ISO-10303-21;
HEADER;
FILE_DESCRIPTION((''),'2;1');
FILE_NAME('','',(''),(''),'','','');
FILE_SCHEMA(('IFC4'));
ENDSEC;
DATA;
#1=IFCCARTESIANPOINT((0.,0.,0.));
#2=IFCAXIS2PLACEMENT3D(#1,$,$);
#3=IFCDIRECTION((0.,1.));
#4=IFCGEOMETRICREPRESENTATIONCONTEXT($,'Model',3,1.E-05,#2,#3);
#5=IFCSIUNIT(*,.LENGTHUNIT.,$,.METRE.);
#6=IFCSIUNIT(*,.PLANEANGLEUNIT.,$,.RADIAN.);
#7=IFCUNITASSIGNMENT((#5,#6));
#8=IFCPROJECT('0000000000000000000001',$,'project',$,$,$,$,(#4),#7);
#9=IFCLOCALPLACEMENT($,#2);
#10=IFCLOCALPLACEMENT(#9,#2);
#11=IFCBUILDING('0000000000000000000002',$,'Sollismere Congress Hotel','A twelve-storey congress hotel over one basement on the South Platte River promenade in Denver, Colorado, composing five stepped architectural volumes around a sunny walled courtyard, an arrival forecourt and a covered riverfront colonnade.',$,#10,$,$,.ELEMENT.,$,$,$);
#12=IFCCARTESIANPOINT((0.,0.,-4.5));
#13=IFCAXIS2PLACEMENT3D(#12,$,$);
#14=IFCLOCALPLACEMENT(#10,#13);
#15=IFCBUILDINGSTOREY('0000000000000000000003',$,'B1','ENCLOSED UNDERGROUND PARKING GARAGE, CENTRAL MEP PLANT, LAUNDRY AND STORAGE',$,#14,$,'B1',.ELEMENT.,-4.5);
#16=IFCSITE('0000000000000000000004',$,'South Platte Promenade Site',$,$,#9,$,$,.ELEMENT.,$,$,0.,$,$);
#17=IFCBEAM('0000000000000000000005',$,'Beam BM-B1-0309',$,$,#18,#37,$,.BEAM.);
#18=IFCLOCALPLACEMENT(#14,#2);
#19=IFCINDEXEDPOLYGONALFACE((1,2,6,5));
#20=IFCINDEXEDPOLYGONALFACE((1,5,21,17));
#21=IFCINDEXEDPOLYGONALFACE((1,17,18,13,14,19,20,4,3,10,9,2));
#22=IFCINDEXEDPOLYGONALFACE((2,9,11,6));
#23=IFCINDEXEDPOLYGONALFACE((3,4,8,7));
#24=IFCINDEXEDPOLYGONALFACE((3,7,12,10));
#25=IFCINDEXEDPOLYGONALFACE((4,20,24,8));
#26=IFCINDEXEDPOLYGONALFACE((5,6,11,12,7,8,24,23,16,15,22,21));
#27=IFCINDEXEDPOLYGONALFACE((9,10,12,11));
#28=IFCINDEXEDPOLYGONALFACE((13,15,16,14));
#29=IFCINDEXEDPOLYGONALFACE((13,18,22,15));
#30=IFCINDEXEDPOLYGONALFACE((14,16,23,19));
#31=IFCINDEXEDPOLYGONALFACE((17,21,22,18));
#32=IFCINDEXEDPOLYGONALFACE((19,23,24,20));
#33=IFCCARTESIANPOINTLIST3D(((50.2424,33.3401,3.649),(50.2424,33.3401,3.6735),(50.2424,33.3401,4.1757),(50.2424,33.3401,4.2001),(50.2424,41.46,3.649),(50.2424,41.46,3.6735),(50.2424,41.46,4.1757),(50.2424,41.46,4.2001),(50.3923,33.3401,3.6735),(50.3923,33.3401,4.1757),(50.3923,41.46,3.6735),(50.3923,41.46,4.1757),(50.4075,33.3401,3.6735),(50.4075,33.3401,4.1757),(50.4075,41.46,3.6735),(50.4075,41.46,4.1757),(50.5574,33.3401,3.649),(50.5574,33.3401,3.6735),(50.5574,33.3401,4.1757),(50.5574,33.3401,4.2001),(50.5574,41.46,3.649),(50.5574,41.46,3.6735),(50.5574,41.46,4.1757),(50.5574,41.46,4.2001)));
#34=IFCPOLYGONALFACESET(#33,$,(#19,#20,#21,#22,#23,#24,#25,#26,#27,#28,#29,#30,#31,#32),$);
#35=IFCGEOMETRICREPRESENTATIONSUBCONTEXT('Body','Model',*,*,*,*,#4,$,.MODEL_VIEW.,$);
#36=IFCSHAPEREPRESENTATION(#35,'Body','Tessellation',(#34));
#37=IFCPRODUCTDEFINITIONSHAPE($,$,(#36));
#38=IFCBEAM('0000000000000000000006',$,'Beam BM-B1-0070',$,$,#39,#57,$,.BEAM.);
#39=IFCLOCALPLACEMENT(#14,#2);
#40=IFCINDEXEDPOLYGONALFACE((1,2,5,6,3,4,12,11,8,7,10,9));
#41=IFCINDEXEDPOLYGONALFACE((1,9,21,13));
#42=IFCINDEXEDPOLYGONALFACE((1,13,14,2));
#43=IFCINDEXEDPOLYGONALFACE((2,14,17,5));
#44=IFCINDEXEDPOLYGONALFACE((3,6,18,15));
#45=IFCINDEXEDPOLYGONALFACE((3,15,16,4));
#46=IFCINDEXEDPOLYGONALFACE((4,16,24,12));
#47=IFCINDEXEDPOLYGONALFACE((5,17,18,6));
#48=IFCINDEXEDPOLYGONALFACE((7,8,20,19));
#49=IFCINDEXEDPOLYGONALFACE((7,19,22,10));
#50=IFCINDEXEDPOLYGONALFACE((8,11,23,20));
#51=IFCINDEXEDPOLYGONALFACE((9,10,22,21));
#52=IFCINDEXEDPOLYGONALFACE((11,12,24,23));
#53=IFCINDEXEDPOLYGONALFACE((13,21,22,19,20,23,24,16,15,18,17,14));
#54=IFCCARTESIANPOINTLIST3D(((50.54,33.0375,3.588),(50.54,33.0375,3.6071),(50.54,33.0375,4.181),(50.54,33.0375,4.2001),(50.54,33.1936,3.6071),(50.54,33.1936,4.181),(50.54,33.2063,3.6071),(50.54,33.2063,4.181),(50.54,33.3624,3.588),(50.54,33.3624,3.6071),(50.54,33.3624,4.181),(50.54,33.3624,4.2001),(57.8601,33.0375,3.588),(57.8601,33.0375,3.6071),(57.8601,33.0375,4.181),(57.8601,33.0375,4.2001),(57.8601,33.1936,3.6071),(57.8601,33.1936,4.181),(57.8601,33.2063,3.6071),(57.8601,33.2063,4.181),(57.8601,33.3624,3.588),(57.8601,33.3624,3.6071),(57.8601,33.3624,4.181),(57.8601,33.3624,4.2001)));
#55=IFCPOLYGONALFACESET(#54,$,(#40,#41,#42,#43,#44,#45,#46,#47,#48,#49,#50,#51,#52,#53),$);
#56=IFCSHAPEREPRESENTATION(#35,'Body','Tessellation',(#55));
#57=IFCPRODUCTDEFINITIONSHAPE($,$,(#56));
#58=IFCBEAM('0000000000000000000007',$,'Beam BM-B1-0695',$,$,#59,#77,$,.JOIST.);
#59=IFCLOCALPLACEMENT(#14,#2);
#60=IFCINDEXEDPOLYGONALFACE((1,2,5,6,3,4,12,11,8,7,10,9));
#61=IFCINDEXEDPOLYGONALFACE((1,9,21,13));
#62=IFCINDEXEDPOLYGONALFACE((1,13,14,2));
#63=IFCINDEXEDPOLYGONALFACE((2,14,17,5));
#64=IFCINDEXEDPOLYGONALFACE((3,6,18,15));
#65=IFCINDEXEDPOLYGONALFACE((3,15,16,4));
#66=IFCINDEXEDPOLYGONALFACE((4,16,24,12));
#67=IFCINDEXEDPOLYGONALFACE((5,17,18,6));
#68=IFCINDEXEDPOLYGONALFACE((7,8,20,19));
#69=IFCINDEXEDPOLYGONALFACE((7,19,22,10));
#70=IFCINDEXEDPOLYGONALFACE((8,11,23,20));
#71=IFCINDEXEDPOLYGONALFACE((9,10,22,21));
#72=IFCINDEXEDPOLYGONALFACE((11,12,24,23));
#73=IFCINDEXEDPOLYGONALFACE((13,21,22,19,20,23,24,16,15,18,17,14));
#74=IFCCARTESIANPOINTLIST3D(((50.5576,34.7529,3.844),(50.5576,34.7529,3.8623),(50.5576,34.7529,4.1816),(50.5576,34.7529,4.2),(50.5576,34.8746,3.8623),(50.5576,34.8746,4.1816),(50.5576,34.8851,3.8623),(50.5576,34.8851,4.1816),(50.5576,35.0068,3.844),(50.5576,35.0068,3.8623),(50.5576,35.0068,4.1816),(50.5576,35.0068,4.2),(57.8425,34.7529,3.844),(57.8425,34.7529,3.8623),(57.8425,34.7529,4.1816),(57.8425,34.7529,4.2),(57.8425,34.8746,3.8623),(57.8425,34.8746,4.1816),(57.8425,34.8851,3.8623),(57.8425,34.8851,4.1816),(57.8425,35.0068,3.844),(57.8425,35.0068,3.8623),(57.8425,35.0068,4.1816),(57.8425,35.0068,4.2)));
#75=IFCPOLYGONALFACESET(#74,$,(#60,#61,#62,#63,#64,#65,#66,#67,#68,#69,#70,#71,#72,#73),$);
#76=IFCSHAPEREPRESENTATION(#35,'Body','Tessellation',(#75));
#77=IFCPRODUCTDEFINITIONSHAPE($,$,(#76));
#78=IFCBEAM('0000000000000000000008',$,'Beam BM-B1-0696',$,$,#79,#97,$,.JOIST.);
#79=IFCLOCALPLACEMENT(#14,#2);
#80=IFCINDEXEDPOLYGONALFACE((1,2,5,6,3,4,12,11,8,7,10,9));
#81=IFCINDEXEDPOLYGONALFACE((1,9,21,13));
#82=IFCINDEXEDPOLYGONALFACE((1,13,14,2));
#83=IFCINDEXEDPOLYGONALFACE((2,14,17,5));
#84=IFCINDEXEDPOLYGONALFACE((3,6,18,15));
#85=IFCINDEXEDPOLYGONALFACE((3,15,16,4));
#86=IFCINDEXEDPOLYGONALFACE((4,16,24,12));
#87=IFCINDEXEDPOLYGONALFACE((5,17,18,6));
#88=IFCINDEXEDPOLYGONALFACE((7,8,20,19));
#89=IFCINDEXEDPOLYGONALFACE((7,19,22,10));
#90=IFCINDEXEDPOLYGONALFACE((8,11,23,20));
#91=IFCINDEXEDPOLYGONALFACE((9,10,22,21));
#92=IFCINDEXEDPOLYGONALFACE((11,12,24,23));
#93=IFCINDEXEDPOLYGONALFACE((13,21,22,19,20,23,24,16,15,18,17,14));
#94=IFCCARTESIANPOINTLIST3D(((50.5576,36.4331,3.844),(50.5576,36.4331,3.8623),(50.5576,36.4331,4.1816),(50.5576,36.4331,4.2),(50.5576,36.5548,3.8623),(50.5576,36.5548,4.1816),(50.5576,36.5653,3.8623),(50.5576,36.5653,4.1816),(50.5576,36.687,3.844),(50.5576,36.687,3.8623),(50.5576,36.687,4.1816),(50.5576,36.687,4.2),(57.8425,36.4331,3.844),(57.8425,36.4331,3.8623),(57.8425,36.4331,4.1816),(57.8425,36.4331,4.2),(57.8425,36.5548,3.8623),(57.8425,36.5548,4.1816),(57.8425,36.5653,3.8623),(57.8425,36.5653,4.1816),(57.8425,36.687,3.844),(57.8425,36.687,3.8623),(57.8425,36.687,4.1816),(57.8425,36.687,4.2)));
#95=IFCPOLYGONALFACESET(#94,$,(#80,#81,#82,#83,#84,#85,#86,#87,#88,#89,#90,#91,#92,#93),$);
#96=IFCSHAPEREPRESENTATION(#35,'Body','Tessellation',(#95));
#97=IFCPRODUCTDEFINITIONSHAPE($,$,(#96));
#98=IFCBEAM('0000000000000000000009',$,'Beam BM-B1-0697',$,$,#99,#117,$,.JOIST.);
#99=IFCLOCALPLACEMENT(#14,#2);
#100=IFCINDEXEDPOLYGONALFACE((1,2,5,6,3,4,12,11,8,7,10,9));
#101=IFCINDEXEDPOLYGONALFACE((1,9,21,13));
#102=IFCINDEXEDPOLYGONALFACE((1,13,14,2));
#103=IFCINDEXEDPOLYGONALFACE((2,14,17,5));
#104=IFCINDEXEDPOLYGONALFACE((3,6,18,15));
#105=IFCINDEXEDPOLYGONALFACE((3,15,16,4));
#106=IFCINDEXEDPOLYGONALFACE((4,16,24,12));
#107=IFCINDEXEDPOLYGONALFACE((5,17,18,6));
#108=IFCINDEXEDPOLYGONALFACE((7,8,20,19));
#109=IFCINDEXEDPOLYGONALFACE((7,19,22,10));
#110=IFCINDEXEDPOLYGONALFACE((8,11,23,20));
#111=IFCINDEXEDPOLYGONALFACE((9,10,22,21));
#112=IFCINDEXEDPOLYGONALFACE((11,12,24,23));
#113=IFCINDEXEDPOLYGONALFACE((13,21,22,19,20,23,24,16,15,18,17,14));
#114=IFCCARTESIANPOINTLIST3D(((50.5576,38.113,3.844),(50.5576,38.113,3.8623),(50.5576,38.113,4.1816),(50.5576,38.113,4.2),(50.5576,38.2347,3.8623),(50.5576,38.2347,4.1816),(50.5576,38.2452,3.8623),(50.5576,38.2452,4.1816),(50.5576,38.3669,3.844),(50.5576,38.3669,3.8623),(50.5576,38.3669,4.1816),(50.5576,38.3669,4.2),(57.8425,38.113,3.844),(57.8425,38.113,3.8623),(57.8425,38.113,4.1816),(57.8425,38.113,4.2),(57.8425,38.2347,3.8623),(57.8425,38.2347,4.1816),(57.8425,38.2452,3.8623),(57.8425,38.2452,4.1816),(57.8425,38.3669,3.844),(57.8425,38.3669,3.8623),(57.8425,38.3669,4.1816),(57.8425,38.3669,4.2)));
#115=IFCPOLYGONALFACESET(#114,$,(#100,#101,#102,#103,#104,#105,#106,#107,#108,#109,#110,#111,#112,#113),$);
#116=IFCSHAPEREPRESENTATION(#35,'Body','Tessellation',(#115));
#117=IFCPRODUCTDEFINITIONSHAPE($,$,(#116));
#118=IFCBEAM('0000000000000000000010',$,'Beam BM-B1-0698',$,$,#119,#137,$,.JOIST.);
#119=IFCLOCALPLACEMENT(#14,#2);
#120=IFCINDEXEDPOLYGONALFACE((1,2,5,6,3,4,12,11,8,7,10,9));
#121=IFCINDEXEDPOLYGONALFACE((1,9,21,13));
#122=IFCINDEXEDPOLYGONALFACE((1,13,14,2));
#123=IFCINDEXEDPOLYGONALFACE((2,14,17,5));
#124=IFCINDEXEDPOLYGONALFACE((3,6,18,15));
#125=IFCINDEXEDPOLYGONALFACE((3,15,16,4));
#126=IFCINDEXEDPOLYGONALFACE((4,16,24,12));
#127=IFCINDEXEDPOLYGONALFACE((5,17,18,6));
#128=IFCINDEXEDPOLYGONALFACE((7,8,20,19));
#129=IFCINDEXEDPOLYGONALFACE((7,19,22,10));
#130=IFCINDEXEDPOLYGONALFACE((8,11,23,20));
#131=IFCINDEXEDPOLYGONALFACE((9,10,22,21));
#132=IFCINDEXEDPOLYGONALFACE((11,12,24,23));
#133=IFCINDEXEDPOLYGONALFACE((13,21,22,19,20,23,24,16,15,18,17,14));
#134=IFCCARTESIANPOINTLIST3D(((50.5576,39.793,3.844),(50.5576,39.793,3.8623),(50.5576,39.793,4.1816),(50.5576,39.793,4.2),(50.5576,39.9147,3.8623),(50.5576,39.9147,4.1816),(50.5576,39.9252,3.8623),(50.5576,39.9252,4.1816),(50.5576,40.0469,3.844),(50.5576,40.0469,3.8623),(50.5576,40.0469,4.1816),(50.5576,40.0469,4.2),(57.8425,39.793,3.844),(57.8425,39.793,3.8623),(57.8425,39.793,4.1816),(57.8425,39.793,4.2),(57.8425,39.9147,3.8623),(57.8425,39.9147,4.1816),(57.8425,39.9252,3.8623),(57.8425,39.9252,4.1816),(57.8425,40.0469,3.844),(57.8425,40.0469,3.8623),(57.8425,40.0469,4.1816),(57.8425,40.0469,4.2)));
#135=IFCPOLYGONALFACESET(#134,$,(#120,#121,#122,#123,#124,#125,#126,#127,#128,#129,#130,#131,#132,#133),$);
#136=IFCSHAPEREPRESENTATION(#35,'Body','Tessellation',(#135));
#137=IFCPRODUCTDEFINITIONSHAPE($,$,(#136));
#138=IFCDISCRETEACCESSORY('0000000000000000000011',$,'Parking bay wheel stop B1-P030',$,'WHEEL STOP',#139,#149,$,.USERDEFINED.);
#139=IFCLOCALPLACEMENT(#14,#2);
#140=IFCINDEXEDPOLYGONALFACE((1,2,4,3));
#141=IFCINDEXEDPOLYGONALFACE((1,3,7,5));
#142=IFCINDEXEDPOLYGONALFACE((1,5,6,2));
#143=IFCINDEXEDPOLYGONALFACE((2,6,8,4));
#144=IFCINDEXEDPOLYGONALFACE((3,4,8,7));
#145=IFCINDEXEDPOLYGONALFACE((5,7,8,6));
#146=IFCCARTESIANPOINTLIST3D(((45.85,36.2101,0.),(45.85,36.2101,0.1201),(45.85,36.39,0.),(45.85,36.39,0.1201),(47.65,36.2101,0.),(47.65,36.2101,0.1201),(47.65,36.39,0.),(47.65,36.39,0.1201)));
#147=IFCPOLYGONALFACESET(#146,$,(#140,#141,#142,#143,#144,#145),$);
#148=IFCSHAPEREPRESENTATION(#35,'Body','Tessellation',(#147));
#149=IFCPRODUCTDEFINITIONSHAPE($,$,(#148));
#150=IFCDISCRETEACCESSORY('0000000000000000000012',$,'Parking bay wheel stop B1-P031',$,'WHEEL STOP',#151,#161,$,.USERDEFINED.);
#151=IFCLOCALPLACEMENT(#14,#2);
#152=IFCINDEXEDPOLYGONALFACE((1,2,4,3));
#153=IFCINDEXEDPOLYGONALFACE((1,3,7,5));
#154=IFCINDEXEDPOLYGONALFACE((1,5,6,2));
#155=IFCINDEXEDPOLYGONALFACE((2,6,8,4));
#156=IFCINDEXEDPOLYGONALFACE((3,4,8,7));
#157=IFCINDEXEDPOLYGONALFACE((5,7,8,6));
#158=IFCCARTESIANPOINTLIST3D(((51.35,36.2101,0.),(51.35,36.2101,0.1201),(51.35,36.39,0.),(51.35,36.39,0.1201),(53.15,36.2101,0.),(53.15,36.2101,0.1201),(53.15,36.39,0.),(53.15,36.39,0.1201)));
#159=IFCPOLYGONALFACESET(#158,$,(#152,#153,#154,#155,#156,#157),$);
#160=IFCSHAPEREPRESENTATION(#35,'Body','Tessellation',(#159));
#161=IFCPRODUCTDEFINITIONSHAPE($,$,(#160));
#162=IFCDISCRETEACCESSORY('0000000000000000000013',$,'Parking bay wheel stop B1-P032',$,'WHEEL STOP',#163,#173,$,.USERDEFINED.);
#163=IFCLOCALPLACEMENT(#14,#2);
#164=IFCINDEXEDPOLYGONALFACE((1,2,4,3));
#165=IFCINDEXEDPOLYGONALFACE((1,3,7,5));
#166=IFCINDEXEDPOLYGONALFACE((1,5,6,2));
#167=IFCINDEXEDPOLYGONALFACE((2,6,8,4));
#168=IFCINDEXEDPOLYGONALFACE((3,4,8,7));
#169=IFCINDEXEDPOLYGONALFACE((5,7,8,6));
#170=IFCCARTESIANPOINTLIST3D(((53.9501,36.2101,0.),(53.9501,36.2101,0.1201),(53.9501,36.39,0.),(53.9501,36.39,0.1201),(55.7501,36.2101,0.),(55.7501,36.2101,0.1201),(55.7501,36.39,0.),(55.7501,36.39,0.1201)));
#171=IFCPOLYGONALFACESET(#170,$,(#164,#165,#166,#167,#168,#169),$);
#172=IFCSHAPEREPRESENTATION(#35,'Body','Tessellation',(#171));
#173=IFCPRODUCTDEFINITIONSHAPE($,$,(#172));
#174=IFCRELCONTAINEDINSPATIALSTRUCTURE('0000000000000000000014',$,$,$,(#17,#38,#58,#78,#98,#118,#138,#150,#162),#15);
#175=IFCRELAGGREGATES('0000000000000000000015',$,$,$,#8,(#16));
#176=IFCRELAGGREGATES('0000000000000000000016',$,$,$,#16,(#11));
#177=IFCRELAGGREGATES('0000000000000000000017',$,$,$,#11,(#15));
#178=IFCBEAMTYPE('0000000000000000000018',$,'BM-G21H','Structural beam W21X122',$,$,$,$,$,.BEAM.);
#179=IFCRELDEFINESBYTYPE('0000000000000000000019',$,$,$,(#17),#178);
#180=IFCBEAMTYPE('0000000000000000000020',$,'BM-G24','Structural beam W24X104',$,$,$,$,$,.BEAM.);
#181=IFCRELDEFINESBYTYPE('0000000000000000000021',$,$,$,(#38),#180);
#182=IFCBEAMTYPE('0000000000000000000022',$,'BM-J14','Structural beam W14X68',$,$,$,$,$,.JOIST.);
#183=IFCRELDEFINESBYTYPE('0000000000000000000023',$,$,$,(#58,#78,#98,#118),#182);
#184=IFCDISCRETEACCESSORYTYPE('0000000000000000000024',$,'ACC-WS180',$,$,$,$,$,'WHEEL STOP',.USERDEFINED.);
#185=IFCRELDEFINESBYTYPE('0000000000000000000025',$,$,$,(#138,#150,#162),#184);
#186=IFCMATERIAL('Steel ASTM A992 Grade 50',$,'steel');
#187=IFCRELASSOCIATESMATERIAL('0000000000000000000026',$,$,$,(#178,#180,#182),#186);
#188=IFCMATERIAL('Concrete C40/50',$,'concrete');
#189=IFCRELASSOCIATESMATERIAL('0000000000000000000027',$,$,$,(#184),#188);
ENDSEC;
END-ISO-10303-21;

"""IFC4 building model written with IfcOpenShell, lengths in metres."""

from ifc_helpers import new_model, si_unit, direction, frame, origin, origin_2d, place, context, subcontext, project, spatial, rectangle, i_section, extrude, material, material_profile, profile_set, type_object, element, save


model = new_model("IFC4")

# Units and contexts
model_context = context("Model", 3, precision=1e-05, world=origin(), true_north=direction((0.0, 1.0)))
body_context = subcontext(model_context, "Body", "Model", "MODEL_VIEW")
ifc_project = project(units=[si_unit("LENGTHUNIT", "METRE"), si_unit("PLANEANGLEUNIT", "RADIAN")], contexts=[model_context])

# Site, building, storey
site_placement = place(None, origin())
site = spatial("IfcSite", under=ifc_project, at=site_placement, Name="South Platte Promenade Site", CompositionType="ELEMENT", RefElevation=0.0)
building_placement = place(site_placement, origin())
building = spatial("IfcBuilding", under=site, at=building_placement, Name="Sollismere Congress Hotel", Description="A twelve-storey congress hotel over one basement on the South Platte River promenade in Denver, Colorado, composing five stepped architectural volumes around a sunny walled courtyard, an arrival forecourt and a covered riverfront colonnade.", CompositionType="ELEMENT")
storey_placement = place(building_placement, frame((0.0, 0.0, -4.5)))
storey = spatial("IfcBuildingStorey", under=building, at=storey_placement, Name="B1", Description="ENCLOSED UNDERGROUND PARKING GARAGE, CENTRAL MEP PLANT, LAUNDRY AND STORAGE", LongName="B1", CompositionType="ELEMENT", Elevation=-4.5)

# Shared definitions
ifc_material_1 = material(Name="Concrete C40/50", Category="concrete")

# Beams
ifc_material_2 = material(Name="Steel ASTM A992 Grade 50", Category="steel")
ifc_material_profile_1 = material_profile(ifc_material_2, i_section(OverallWidth=0.3149, OverallDepth=0.551, WebThickness=0.0151, FlangeThickness=0.0244, at=origin_2d()), Name="W21X122")
ifc_profile_set_1 = profile_set([ifc_material_profile_1], Name="Steel ASTM A992 Grade 50")
beam_type_1 = type_object("IfcBeamType", Name="BM-G21H", Description="Structural beam W21X122", PredefinedType="BEAM", material=ifc_profile_set_1)
beam_1_placement = place(storey_placement, frame((50.3999, 33.3401, 3.9246), z_axis=(0.0, 1.0, 0.0), x_axis=(-1.0, 0.0, 0.0)))
element("IfcBeam", 1, at=beam_1_placement, inside=storey, type_object=beam_type_1, Name="Beam BM-B1-0309", PredefinedType="BEAM", context=body_context, shape_type="SweptSolid", body=[
    extrude(i_section(OverallWidth=0.3149, OverallDepth=0.551, WebThickness=0.0151, FlangeThickness=0.0244, at=origin_2d()), origin(), (0.0, 0.0, 1.0), 8.1199),
])
ifc_material_profile_2 = material_profile(ifc_material_2, i_section(OverallWidth=0.325, OverallDepth=0.6121, WebThickness=0.0127, FlangeThickness=0.019, at=origin_2d()), Name="W24X104")
ifc_profile_set_2 = profile_set([ifc_material_profile_2], Name="Steel ASTM A992 Grade 50")
beam_type_2 = type_object("IfcBeamType", Name="BM-G24", Description="Structural beam W24X104", PredefinedType="BEAM", material=ifc_profile_set_2)
beam_2_placement = place(storey_placement, frame((50.54, 33.2, 3.894), z_axis=(1.0, 0.0, 0.0), x_axis=(0.0, 1.0, 0.0)))
element("IfcBeam", 2, at=beam_2_placement, inside=storey, type_object=beam_type_2, Name="Beam BM-B1-0070", PredefinedType="BEAM", context=body_context, shape_type="SweptSolid", body=[
    extrude(i_section(OverallWidth=0.325, OverallDepth=0.6121, WebThickness=0.0127, FlangeThickness=0.019, at=origin_2d()), origin(), (0.0, 0.0, 1.0), 7.3201),
])
ifc_material_profile_3 = material_profile(ifc_material_2, i_section(OverallWidth=0.2539, OverallDepth=0.356, WebThickness=0.0105, FlangeThickness=0.0183, at=origin_2d()), Name="W14X68")
ifc_profile_set_3 = profile_set([ifc_material_profile_3], Name="Steel ASTM A992 Grade 50")
beam_type_3 = type_object("IfcBeamType", Name="BM-J14", Description="Structural beam W14X68", PredefinedType="JOIST", material=ifc_profile_set_3)
for number, where, z_axis, x_axis, name in (
    (3, (50.5576, 34.8799, 4.022), (1.0, 0.0, 0.0), (0.0, 1.0, 0.0), "Beam BM-B1-0695"),
    (4, (50.5576, 36.5601, 4.022), (1.0, 0.0, 0.0), (0.0, 1.0, 0.0), "Beam BM-B1-0696"),
    (5, (50.5576, 38.24, 4.022), (1.0, 0.0, 0.0), (0.0, 1.0, 0.0), "Beam BM-B1-0697"),
    (6, (50.5576, 39.9199, 4.022), (1.0, 0.0, 0.0), (0.0, 1.0, 0.0), "Beam BM-B1-0698"),
):
    element("IfcBeam", number, at=place(storey_placement, frame(where, z_axis=z_axis, x_axis=x_axis)), inside=storey, type_object=beam_type_3, Name=name, PredefinedType="JOIST", context=body_context, shape_type="SweptSolid", body=[
        extrude(i_section(OverallWidth=0.2539, OverallDepth=0.356, WebThickness=0.0105, FlangeThickness=0.0183, at=origin_2d()), origin(), (0.0, 0.0, 1.0), 7.2849),
    ])

# Discrete accessories
discrete_accessory_type = type_object("IfcDiscreteAccessoryType", Name="ACC-WS180", ElementType="WHEEL STOP", PredefinedType="USERDEFINED", material=ifc_material_1)
for number, where, z_axis, x_axis, name in (
    (7, (46.75, 36.3, 0.0), (0.0, 0.0, 1.0), (1.0, 0.0, 0.0), "Parking bay wheel stop B1-P030"),
    (8, (52.25, 36.3, 0.0), (0.0, 0.0, 1.0), (1.0, 0.0, 0.0), "Parking bay wheel stop B1-P031"),
    (9, (54.8501, 36.3, 0.0), (0.0, 0.0, 1.0), (1.0, 0.0, 0.0), "Parking bay wheel stop B1-P032"),
):
    element("IfcDiscreteAccessory", number, at=place(storey_placement, frame(where, z_axis=z_axis, x_axis=x_axis)), inside=storey, type_object=discrete_accessory_type, Name=name, ObjectType="WHEEL STOP", PredefinedType="USERDEFINED", context=body_context, shape_type="SweptSolid", body=[
        extrude(rectangle(XDim=1.8, YDim=0.1799, at=origin_2d()), origin(), (0.0, 0.0, 1.0), 0.1201),
    ])

save(model, "model.ifc")
